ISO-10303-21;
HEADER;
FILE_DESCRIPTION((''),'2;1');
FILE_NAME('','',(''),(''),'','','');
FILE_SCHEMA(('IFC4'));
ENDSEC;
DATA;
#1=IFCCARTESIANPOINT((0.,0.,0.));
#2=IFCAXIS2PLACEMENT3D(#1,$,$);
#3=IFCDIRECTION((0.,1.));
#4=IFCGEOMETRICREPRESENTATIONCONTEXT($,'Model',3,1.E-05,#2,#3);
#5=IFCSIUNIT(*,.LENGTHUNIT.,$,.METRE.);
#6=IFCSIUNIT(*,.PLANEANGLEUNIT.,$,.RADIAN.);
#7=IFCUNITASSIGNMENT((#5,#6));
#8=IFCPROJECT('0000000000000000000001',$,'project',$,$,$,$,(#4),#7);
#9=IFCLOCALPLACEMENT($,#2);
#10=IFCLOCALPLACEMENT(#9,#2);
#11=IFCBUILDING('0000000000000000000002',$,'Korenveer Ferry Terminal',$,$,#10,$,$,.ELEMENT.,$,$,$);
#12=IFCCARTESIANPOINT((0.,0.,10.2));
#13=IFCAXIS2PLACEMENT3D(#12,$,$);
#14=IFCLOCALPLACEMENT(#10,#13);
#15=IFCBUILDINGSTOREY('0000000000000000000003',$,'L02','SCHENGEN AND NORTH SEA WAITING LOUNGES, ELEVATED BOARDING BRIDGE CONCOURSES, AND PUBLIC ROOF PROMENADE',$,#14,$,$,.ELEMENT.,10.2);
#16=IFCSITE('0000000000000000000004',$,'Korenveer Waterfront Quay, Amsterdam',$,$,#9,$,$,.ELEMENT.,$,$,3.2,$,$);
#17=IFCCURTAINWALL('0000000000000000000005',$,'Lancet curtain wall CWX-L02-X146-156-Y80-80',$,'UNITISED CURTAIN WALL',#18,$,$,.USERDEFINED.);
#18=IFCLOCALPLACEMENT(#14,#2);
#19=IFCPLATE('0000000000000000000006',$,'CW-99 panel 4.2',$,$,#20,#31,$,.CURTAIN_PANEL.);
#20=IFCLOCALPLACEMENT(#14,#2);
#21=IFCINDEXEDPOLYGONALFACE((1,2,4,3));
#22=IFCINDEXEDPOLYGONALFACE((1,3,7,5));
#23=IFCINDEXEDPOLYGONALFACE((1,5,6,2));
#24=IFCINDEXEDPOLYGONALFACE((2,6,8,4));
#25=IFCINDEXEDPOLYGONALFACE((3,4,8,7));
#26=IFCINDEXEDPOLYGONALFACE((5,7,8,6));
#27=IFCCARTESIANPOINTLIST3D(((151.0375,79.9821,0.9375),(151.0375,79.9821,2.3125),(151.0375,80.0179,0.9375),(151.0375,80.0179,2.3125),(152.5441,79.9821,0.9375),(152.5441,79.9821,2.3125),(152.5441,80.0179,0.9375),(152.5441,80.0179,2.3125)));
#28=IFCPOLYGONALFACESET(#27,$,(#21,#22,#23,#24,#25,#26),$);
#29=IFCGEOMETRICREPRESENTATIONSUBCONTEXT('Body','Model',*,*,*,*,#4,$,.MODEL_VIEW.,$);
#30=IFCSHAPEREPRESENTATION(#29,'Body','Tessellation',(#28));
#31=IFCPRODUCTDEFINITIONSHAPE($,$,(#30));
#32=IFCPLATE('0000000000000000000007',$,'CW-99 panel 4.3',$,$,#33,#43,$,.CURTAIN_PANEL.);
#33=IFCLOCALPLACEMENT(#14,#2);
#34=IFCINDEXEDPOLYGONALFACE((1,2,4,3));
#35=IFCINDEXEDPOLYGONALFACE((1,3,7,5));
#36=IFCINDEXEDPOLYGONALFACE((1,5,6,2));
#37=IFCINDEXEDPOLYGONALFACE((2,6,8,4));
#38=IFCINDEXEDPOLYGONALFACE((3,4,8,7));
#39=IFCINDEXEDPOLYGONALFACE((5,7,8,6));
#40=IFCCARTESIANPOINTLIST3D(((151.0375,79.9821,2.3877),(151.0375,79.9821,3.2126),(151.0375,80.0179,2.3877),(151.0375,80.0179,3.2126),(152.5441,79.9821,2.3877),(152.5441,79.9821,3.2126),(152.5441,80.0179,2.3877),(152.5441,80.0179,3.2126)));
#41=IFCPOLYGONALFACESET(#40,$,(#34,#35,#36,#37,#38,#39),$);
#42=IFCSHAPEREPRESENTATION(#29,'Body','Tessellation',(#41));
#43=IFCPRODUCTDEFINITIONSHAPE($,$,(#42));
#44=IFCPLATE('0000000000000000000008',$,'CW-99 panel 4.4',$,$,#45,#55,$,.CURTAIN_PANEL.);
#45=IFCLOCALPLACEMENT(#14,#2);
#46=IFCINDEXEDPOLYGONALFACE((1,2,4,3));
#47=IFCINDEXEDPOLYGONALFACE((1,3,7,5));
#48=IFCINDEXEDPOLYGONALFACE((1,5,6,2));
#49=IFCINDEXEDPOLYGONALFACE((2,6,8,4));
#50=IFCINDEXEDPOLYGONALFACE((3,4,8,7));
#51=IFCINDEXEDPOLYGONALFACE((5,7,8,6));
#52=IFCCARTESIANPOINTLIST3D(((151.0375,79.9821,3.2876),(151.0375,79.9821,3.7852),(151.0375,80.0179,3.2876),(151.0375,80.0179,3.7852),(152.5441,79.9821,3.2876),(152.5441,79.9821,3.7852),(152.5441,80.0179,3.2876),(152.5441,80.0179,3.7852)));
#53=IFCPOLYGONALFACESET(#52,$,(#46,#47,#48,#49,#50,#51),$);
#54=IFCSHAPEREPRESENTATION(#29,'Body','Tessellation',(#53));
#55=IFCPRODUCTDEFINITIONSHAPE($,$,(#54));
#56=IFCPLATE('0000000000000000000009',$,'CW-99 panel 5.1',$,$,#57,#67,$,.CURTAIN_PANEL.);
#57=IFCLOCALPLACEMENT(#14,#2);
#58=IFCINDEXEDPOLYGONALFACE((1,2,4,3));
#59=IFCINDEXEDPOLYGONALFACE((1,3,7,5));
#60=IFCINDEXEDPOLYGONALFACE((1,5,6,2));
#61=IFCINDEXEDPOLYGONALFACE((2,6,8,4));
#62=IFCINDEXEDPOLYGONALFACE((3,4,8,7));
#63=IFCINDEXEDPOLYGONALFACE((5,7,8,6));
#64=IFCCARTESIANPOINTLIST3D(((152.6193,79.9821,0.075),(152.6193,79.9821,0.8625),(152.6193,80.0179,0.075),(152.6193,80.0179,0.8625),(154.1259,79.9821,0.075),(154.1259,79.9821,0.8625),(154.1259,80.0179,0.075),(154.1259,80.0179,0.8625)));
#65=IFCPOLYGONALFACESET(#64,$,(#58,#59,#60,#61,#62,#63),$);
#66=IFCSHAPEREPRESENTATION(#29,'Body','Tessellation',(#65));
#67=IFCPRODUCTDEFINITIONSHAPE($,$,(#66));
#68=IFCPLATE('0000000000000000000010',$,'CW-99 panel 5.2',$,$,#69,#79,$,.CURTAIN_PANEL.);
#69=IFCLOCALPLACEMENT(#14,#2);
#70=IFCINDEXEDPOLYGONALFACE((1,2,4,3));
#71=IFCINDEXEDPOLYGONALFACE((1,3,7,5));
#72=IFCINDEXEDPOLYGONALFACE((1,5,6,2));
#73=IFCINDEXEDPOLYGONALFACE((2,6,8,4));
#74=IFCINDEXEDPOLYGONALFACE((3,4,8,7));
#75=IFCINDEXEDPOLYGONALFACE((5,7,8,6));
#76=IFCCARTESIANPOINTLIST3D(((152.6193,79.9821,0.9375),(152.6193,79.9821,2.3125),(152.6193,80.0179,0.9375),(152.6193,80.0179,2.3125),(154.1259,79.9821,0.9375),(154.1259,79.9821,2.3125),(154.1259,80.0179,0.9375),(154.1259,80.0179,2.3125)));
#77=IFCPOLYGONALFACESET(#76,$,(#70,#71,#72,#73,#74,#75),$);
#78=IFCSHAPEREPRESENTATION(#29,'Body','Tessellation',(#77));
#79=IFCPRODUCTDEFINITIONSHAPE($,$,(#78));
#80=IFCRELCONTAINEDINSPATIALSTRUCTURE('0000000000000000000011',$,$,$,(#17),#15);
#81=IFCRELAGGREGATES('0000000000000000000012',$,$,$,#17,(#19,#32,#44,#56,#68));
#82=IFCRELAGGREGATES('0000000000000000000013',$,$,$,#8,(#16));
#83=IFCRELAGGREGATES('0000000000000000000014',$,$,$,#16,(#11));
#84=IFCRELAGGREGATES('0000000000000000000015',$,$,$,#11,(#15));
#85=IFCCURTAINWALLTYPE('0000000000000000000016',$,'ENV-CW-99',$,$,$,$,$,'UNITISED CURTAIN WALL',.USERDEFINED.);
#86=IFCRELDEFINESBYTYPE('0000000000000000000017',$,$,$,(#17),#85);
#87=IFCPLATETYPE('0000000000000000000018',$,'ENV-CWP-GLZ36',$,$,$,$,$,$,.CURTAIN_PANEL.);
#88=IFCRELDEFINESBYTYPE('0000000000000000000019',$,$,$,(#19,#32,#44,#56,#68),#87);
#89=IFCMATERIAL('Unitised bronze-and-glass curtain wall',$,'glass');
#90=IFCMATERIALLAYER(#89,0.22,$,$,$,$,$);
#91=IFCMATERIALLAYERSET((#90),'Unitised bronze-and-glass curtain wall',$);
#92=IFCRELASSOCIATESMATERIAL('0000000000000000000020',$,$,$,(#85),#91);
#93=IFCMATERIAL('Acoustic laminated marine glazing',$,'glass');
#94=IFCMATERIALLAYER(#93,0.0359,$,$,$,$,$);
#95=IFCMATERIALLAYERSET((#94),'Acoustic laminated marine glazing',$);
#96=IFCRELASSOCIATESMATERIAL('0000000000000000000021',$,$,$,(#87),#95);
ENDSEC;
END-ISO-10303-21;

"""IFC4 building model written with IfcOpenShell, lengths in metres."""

from ifc_helpers import new_model, si_unit, direction, frame, origin, origin_2d, place, context, subcontext, project, spatial, rectangle, extrude, material, layer, layer_set, type_object, element, aggregate, save


model = new_model("IFC4")

# Units and contexts
model_context = context("Model", 3, precision=1e-05, world=origin(), true_north=direction((0.0, 1.0)))
body_context = subcontext(model_context, "Body", "Model", "MODEL_VIEW")
ifc_project = project(units=[si_unit("LENGTHUNIT", "METRE"), si_unit("PLANEANGLEUNIT", "RADIAN")], contexts=[model_context])

# Site, building, storey
site_placement = place(None, origin())
site = spatial("IfcSite", under=ifc_project, at=site_placement, Name="Korenveer Waterfront Quay, Amsterdam", CompositionType="ELEMENT", RefElevation=3.2)
building_placement = place(site_placement, origin())
building = spatial("IfcBuilding", under=site, at=building_placement, Name="Korenveer Ferry Terminal", CompositionType="ELEMENT")
storey_placement = place(building_placement, frame((0.0, 0.0, 10.2)))
storey = spatial("IfcBuildingStorey", under=building, at=storey_placement, Name="L02", Description="SCHENGEN AND NORTH SEA WAITING LOUNGES, ELEVATED BOARDING BRIDGE CONCOURSES, AND PUBLIC ROOF PROMENADE", CompositionType="ELEMENT", Elevation=10.2)

# Curtain wall, plates
ifc_material_1 = material(Name="Unitised bronze-and-glass curtain wall", Category="glass")
ifc_layer_1 = layer(ifc_material_1, 0.22)
ifc_layer_set_1 = layer_set([ifc_layer_1], Name="Unitised bronze-and-glass curtain wall")
curtain_wall_type = type_object("IfcCurtainWallType", Name="ENV-CW-99", ElementType="UNITISED CURTAIN WALL", PredefinedType="USERDEFINED", material=ifc_layer_set_1)
curtain_wall_placement = place(storey_placement, frame((146.2549, 80.0, 0.0)))
curtain_wall = element("IfcCurtainWall", 1, at=curtain_wall_placement, inside=storey, type_object=curtain_wall_type, Name="Lancet curtain wall CWX-L02-X146-156-Y80-80", ObjectType="UNITISED CURTAIN WALL", PredefinedType="USERDEFINED")
ifc_material_2 = material(Name="Acoustic laminated marine glazing", Category="glass")
ifc_layer_2 = layer(ifc_material_2, 0.0359)
ifc_layer_set_2 = layer_set([ifc_layer_2], Name="Acoustic laminated marine glazing")
plate_type = type_object("IfcPlateType", Name="ENV-CWP-GLZ36", PredefinedType="CURTAIN_PANEL", material=ifc_layer_set_2)
plate_1_placement = place(storey_placement, frame((151.7908, 80.0, 0.9375), z_axis=(0.0, 0.0, 1.0), x_axis=(1.0, 0.0, 0.0)))
plate_1 = element("IfcPlate", 2, at=plate_1_placement, type_object=plate_type, Name="CW-99 panel 4.2", PredefinedType="CURTAIN_PANEL", context=body_context, shape_type="SweptSolid", body=[
    extrude(rectangle(XDim=1.5066, YDim=0.0359, at=origin_2d()), origin(), (0.0, 0.0, 1.0), 1.375),
])
plate_2_placement = place(storey_placement, frame((151.7908, 80.0, 2.3877), z_axis=(0.0, 0.0, 1.0), x_axis=(1.0, 0.0, 0.0)))
plate_2 = element("IfcPlate", 3, at=plate_2_placement, type_object=plate_type, Name="CW-99 panel 4.3", PredefinedType="CURTAIN_PANEL", context=body_context, shape_type="SweptSolid", body=[
    extrude(rectangle(XDim=1.5066, YDim=0.0359, at=origin_2d()), origin(), (0.0, 0.0, 1.0), 0.825),
])
plate_3_placement = place(storey_placement, frame((151.7908, 80.0, 3.2876), z_axis=(0.0, 0.0, 1.0), x_axis=(1.0, 0.0, 0.0)))
plate_3 = element("IfcPlate", 4, at=plate_3_placement, type_object=plate_type, Name="CW-99 panel 4.4", PredefinedType="CURTAIN_PANEL", context=body_context, shape_type="SweptSolid", body=[
    extrude(rectangle(XDim=1.5066, YDim=0.0359, at=origin_2d()), origin(), (0.0, 0.0, 1.0), 0.4976),
])
plate_4_placement = place(storey_placement, frame((153.3726, 80.0, 0.075), z_axis=(0.0, 0.0, 1.0), x_axis=(1.0, 0.0, 0.0)))
plate_4 = element("IfcPlate", 5, at=plate_4_placement, type_object=plate_type, Name="CW-99 panel 5.1", PredefinedType="CURTAIN_PANEL", context=body_context, shape_type="SweptSolid", body=[
    extrude(rectangle(XDim=1.5066, YDim=0.0359, at=origin_2d()), origin(), (0.0, 0.0, 1.0), 0.7876),
])
plate_5_placement = place(storey_placement, frame((153.3726, 80.0, 0.9375), z_axis=(0.0, 0.0, 1.0), x_axis=(1.0, 0.0, 0.0)))
plate_5 = element("IfcPlate", 6, at=plate_5_placement, type_object=plate_type, Name="CW-99 panel 5.2", PredefinedType="CURTAIN_PANEL", context=body_context, shape_type="SweptSolid", body=[
    extrude(rectangle(XDim=1.5066, YDim=0.0359, at=origin_2d()), origin(), (0.0, 0.0, 1.0), 1.375),
])
aggregate(curtain_wall, [plate_1, plate_2, plate_3, plate_4, plate_5])

save(model, "model.ifc")
